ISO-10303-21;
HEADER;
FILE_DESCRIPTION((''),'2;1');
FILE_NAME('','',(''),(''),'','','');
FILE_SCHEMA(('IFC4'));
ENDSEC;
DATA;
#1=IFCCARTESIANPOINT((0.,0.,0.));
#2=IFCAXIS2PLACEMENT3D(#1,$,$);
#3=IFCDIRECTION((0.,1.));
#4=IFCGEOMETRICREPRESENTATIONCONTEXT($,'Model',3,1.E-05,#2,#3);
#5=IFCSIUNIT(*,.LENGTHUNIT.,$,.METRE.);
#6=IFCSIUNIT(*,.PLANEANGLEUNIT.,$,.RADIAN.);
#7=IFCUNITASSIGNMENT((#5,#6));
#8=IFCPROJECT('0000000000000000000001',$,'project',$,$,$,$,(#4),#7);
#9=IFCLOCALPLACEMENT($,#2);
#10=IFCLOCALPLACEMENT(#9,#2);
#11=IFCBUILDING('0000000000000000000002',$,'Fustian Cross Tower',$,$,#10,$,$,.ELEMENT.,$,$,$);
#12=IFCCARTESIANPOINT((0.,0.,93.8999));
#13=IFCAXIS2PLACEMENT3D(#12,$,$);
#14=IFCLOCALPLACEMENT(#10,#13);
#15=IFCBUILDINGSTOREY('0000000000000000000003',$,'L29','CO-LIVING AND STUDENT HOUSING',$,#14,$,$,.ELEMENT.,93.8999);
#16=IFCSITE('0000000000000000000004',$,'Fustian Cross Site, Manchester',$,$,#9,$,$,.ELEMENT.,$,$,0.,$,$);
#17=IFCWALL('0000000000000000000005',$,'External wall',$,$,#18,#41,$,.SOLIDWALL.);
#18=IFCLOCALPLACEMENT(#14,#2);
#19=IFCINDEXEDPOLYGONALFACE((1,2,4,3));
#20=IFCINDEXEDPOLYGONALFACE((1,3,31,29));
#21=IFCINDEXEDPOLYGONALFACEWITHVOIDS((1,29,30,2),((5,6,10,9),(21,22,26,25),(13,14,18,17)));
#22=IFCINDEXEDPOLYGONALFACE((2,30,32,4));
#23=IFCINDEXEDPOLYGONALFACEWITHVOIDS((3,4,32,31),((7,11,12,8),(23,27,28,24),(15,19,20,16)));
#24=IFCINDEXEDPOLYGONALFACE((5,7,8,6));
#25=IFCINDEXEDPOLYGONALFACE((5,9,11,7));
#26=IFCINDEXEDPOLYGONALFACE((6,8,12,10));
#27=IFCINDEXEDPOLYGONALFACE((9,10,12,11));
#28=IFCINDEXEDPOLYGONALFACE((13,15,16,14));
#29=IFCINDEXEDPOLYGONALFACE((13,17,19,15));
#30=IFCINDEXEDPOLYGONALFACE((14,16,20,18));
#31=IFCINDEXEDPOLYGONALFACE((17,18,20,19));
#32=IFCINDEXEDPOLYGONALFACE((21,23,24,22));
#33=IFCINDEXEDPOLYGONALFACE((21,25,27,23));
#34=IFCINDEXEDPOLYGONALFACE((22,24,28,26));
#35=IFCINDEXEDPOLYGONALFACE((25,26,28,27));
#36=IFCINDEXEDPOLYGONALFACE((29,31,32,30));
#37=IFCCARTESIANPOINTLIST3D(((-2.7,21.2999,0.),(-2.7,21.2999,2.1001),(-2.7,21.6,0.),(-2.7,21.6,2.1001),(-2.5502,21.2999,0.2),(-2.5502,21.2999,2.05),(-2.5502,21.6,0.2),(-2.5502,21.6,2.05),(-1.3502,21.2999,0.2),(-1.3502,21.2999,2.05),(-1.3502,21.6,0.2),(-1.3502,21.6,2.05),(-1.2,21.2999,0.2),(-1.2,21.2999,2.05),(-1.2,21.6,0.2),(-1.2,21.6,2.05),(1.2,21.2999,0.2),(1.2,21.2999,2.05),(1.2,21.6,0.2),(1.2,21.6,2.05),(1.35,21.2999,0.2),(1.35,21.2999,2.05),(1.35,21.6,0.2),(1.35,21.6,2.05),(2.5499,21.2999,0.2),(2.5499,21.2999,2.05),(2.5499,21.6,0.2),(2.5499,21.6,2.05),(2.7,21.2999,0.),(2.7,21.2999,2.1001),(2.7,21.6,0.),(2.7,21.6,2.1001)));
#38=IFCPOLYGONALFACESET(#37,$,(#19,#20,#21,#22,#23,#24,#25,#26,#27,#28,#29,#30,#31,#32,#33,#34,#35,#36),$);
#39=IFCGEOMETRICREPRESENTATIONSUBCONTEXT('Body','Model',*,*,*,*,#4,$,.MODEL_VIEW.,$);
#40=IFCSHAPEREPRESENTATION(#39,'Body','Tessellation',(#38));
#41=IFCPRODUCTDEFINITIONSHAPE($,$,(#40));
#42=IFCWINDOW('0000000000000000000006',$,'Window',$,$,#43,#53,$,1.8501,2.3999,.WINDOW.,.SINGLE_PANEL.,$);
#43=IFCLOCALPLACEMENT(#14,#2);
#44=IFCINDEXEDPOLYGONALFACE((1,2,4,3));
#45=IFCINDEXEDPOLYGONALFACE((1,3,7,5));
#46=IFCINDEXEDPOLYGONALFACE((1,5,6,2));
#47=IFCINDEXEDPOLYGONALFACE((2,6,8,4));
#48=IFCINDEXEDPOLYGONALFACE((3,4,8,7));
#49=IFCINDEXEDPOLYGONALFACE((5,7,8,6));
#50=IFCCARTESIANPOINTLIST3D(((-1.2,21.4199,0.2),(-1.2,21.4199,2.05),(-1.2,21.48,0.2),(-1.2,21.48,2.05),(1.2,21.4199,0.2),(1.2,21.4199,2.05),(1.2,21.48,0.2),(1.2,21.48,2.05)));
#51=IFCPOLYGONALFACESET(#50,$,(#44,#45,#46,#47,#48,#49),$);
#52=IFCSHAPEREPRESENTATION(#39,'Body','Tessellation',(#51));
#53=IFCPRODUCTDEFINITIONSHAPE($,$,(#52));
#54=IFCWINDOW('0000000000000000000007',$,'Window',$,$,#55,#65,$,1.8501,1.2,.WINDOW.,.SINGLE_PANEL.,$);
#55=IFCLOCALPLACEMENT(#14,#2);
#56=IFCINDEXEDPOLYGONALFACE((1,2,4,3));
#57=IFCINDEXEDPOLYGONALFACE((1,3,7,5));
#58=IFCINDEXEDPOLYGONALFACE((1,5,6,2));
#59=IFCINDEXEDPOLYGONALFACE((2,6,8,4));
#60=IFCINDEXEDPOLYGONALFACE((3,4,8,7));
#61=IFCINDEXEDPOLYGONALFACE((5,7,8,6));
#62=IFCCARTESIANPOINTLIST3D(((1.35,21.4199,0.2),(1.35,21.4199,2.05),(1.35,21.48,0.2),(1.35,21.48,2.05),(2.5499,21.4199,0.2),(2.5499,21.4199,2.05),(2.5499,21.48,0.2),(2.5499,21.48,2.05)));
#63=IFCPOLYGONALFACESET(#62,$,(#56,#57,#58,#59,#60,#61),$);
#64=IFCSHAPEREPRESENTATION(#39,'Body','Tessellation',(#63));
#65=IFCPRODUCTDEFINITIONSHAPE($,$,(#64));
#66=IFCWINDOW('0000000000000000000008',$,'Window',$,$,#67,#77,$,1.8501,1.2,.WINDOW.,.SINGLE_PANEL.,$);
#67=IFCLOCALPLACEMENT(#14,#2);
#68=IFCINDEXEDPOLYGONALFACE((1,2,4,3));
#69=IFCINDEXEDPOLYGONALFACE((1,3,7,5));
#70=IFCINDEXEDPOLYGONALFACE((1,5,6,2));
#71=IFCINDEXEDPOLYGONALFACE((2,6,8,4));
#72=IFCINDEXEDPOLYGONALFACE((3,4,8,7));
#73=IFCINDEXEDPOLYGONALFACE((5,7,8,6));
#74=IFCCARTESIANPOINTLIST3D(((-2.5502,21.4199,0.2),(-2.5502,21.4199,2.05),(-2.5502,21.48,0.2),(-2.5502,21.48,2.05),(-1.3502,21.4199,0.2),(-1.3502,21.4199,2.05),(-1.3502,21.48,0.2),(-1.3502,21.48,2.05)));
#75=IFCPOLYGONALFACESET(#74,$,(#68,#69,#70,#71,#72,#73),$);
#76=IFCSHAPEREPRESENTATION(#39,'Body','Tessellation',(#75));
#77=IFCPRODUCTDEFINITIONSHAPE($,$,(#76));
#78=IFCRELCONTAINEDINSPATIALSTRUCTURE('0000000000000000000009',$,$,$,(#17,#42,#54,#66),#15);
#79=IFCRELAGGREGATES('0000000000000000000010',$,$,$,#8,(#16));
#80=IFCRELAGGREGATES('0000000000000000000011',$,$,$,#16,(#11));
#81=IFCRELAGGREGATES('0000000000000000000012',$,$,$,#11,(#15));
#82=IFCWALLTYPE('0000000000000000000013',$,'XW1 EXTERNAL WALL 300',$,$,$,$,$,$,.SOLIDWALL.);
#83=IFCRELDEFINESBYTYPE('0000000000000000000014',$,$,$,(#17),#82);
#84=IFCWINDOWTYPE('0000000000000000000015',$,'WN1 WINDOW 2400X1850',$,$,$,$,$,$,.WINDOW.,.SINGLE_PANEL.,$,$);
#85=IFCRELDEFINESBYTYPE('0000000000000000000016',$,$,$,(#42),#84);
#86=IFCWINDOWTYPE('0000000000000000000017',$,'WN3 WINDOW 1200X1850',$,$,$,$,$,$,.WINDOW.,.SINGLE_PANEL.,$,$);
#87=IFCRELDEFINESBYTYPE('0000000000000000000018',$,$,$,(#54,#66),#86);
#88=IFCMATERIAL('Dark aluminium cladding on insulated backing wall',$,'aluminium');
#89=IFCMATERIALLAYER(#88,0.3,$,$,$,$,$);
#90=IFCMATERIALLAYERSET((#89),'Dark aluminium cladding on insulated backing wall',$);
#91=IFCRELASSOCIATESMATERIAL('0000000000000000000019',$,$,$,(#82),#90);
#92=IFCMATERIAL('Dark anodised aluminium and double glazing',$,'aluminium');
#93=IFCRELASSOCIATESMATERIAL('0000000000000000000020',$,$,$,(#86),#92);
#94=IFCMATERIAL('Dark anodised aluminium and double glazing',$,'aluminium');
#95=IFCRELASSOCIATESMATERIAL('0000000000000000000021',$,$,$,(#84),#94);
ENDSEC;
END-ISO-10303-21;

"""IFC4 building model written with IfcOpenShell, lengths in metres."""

from ifc_helpers import new_model, si_unit, direction, frame, frame_2d, origin, place, context, subcontext, project, spatial, rectangle, extrude, material, layer, layer_set, type_object, element, fill, save


model = new_model("IFC4")

# Units and contexts
model_context = context("Model", 3, precision=1e-05, world=origin(), true_north=direction((0.0, 1.0)))
body_context = subcontext(model_context, "Body", "Model", "MODEL_VIEW")
ifc_project = project(units=[si_unit("LENGTHUNIT", "METRE"), si_unit("PLANEANGLEUNIT", "RADIAN")], contexts=[model_context])

# Site, building, storey
site_placement = place(None, origin())
site = spatial("IfcSite", under=ifc_project, at=site_placement, Name="Fustian Cross Site, Manchester", CompositionType="ELEMENT", RefElevation=0.0)
building_placement = place(site_placement, origin())
building = spatial("IfcBuilding", under=site, at=building_placement, Name="Fustian Cross Tower", CompositionType="ELEMENT")
storey_placement = place(building_placement, frame((0.0, 0.0, 93.8999)))
storey = spatial("IfcBuildingStorey", under=building, at=storey_placement, Name="L29", Description="CO-LIVING AND STUDENT HOUSING", CompositionType="ELEMENT", Elevation=93.8999)

# Shared definitions
ifc_material_1 = material(Name="Dark aluminium cladding on insulated backing wall", Category="aluminium")
ifc_layer_1 = layer(ifc_material_1, 0.3)
ifc_layer_set_1 = layer_set([ifc_layer_1], Name="Dark aluminium cladding on insulated backing wall")
wall_type_1 = type_object("IfcWallType", Name="XW1 EXTERNAL WALL 300", PredefinedType="SOLIDWALL", material=ifc_layer_set_1)

# Shared definitions
ifc_material_2 = material(Name="Dark anodised aluminium and double glazing", Category="aluminium")
window_type_1 = type_object("IfcWindowType", Name="WN3 WINDOW 1200X1850", PartitioningType="SINGLE_PANEL", PredefinedType="WINDOW", material=ifc_material_2)

# Wall, openings, windows
wall_1_placement = place(storey_placement, frame((2.7, 21.45, 0.0), z_axis=(0.0, 0.0, 1.0), x_axis=(-1.0, 0.0, 0.0)))
wall_1 = element("IfcWall", 1, at=wall_1_placement, inside=storey, type_object=wall_type_1, Name="External wall", PredefinedType="SOLIDWALL", context=body_context, shape_type="SweptSolid", body=[
    extrude(rectangle(XDim=5.3999, YDim=0.3, at=frame_2d((2.7, 0.0))), origin(), (0.0, 0.0, 1.0), 2.1001),
])
opening_1_placement = place(wall_1_placement, frame((1.5, 0.0, 0.2)))
opening_1 = element("IfcOpeningElement", 2, at=opening_1_placement, cuts=wall_1, PredefinedType="OPENING", context=body_context, shape_type="SweptSolid", body=[
    extrude(rectangle(XDim=2.3999, YDim=1.8501, at=frame_2d((1.2, 0.925))), frame((0.0, 0.1599, 0.0), z_axis=(0.0, -1.0, 0.0), x_axis=(1.0, 0.0, 0.0)), (0.0, 0.0, 1.0), 0.3201),
])
opening_2_placement = place(wall_1_placement, frame((0.1499, 0.0, 0.2)))
opening_2 = element("IfcOpeningElement", 3, at=opening_2_placement, cuts=wall_1, PredefinedType="OPENING", context=body_context, shape_type="SweptSolid", body=[
    extrude(rectangle(XDim=1.2, YDim=1.8501, at=frame_2d((0.6001, 0.925))), frame((0.0, 0.1599, 0.0), z_axis=(0.0, -1.0, 0.0), x_axis=(1.0, 0.0, 0.0)), (0.0, 0.0, 1.0), 0.3201),
])
opening_3_placement = place(wall_1_placement, frame((4.05, 0.0, 0.2)))
opening_3 = element("IfcOpeningElement", 4, at=opening_3_placement, cuts=wall_1, PredefinedType="OPENING", context=body_context, shape_type="SweptSolid", body=[
    extrude(rectangle(XDim=1.2, YDim=1.8501, at=frame_2d((0.6001, 0.925))), frame((0.0, 0.1599, 0.0), z_axis=(0.0, -1.0, 0.0), x_axis=(1.0, 0.0, 0.0)), (0.0, 0.0, 1.0), 0.3201),
])
ifc_material_3 = material(Name="Dark anodised aluminium and double glazing", Category="aluminium")
window_type_2 = type_object("IfcWindowType", Name="WN1 WINDOW 2400X1850", PartitioningType="SINGLE_PANEL", PredefinedType="WINDOW", material=ifc_material_3)
window_1_placement = place(opening_1_placement, origin())
window_1 = element("IfcWindow", 5, at=window_1_placement, inside=storey, type_object=window_type_2, Name="Window", OverallHeight=1.8501, OverallWidth=2.3999, PartitioningType="SINGLE_PANEL", PredefinedType="WINDOW", context=body_context, shape_type="SweptSolid", body=[
    extrude(rectangle(XDim=2.3999, YDim=1.8501, at=frame_2d((1.2, 0.925))), frame((0.0, 0.03, 0.0), z_axis=(0.0, -1.0, 0.0), x_axis=(1.0, 0.0, 0.0)), (0.0, 0.0, 1.0), 0.0601),
])
fill(opening_1, window_1)
window_2_placement = place(opening_2_placement, origin())
window_2 = element("IfcWindow", 6, at=window_2_placement, inside=storey, type_object=window_type_1, Name="Window", OverallHeight=1.8501, OverallWidth=1.2, PartitioningType="SINGLE_PANEL", PredefinedType="WINDOW", context=body_context, shape_type="SweptSolid", body=[
    extrude(rectangle(XDim=1.2, YDim=1.8501, at=frame_2d((0.6001, 0.925))), frame((0.0, 0.03, 0.0), z_axis=(0.0, -1.0, 0.0), x_axis=(1.0, 0.0, 0.0)), (0.0, 0.0, 1.0), 0.0601),
])
fill(opening_2, window_2)
window_3_placement = place(opening_3_placement, origin())
window_3 = element("IfcWindow", 7, at=window_3_placement, inside=storey, type_object=window_type_1, Name="Window", OverallHeight=1.8501, OverallWidth=1.2, PartitioningType="SINGLE_PANEL", PredefinedType="WINDOW", context=body_context, shape_type="SweptSolid", body=[
    extrude(rectangle(XDim=1.2, YDim=1.8501, at=frame_2d((0.6001, 0.925))), frame((0.0, 0.03, 0.0), z_axis=(0.0, -1.0, 0.0), x_axis=(1.0, 0.0, 0.0)), (0.0, 0.0, 1.0), 0.0601),
])
fill(opening_3, window_3)

save(model, "model.ifc")
